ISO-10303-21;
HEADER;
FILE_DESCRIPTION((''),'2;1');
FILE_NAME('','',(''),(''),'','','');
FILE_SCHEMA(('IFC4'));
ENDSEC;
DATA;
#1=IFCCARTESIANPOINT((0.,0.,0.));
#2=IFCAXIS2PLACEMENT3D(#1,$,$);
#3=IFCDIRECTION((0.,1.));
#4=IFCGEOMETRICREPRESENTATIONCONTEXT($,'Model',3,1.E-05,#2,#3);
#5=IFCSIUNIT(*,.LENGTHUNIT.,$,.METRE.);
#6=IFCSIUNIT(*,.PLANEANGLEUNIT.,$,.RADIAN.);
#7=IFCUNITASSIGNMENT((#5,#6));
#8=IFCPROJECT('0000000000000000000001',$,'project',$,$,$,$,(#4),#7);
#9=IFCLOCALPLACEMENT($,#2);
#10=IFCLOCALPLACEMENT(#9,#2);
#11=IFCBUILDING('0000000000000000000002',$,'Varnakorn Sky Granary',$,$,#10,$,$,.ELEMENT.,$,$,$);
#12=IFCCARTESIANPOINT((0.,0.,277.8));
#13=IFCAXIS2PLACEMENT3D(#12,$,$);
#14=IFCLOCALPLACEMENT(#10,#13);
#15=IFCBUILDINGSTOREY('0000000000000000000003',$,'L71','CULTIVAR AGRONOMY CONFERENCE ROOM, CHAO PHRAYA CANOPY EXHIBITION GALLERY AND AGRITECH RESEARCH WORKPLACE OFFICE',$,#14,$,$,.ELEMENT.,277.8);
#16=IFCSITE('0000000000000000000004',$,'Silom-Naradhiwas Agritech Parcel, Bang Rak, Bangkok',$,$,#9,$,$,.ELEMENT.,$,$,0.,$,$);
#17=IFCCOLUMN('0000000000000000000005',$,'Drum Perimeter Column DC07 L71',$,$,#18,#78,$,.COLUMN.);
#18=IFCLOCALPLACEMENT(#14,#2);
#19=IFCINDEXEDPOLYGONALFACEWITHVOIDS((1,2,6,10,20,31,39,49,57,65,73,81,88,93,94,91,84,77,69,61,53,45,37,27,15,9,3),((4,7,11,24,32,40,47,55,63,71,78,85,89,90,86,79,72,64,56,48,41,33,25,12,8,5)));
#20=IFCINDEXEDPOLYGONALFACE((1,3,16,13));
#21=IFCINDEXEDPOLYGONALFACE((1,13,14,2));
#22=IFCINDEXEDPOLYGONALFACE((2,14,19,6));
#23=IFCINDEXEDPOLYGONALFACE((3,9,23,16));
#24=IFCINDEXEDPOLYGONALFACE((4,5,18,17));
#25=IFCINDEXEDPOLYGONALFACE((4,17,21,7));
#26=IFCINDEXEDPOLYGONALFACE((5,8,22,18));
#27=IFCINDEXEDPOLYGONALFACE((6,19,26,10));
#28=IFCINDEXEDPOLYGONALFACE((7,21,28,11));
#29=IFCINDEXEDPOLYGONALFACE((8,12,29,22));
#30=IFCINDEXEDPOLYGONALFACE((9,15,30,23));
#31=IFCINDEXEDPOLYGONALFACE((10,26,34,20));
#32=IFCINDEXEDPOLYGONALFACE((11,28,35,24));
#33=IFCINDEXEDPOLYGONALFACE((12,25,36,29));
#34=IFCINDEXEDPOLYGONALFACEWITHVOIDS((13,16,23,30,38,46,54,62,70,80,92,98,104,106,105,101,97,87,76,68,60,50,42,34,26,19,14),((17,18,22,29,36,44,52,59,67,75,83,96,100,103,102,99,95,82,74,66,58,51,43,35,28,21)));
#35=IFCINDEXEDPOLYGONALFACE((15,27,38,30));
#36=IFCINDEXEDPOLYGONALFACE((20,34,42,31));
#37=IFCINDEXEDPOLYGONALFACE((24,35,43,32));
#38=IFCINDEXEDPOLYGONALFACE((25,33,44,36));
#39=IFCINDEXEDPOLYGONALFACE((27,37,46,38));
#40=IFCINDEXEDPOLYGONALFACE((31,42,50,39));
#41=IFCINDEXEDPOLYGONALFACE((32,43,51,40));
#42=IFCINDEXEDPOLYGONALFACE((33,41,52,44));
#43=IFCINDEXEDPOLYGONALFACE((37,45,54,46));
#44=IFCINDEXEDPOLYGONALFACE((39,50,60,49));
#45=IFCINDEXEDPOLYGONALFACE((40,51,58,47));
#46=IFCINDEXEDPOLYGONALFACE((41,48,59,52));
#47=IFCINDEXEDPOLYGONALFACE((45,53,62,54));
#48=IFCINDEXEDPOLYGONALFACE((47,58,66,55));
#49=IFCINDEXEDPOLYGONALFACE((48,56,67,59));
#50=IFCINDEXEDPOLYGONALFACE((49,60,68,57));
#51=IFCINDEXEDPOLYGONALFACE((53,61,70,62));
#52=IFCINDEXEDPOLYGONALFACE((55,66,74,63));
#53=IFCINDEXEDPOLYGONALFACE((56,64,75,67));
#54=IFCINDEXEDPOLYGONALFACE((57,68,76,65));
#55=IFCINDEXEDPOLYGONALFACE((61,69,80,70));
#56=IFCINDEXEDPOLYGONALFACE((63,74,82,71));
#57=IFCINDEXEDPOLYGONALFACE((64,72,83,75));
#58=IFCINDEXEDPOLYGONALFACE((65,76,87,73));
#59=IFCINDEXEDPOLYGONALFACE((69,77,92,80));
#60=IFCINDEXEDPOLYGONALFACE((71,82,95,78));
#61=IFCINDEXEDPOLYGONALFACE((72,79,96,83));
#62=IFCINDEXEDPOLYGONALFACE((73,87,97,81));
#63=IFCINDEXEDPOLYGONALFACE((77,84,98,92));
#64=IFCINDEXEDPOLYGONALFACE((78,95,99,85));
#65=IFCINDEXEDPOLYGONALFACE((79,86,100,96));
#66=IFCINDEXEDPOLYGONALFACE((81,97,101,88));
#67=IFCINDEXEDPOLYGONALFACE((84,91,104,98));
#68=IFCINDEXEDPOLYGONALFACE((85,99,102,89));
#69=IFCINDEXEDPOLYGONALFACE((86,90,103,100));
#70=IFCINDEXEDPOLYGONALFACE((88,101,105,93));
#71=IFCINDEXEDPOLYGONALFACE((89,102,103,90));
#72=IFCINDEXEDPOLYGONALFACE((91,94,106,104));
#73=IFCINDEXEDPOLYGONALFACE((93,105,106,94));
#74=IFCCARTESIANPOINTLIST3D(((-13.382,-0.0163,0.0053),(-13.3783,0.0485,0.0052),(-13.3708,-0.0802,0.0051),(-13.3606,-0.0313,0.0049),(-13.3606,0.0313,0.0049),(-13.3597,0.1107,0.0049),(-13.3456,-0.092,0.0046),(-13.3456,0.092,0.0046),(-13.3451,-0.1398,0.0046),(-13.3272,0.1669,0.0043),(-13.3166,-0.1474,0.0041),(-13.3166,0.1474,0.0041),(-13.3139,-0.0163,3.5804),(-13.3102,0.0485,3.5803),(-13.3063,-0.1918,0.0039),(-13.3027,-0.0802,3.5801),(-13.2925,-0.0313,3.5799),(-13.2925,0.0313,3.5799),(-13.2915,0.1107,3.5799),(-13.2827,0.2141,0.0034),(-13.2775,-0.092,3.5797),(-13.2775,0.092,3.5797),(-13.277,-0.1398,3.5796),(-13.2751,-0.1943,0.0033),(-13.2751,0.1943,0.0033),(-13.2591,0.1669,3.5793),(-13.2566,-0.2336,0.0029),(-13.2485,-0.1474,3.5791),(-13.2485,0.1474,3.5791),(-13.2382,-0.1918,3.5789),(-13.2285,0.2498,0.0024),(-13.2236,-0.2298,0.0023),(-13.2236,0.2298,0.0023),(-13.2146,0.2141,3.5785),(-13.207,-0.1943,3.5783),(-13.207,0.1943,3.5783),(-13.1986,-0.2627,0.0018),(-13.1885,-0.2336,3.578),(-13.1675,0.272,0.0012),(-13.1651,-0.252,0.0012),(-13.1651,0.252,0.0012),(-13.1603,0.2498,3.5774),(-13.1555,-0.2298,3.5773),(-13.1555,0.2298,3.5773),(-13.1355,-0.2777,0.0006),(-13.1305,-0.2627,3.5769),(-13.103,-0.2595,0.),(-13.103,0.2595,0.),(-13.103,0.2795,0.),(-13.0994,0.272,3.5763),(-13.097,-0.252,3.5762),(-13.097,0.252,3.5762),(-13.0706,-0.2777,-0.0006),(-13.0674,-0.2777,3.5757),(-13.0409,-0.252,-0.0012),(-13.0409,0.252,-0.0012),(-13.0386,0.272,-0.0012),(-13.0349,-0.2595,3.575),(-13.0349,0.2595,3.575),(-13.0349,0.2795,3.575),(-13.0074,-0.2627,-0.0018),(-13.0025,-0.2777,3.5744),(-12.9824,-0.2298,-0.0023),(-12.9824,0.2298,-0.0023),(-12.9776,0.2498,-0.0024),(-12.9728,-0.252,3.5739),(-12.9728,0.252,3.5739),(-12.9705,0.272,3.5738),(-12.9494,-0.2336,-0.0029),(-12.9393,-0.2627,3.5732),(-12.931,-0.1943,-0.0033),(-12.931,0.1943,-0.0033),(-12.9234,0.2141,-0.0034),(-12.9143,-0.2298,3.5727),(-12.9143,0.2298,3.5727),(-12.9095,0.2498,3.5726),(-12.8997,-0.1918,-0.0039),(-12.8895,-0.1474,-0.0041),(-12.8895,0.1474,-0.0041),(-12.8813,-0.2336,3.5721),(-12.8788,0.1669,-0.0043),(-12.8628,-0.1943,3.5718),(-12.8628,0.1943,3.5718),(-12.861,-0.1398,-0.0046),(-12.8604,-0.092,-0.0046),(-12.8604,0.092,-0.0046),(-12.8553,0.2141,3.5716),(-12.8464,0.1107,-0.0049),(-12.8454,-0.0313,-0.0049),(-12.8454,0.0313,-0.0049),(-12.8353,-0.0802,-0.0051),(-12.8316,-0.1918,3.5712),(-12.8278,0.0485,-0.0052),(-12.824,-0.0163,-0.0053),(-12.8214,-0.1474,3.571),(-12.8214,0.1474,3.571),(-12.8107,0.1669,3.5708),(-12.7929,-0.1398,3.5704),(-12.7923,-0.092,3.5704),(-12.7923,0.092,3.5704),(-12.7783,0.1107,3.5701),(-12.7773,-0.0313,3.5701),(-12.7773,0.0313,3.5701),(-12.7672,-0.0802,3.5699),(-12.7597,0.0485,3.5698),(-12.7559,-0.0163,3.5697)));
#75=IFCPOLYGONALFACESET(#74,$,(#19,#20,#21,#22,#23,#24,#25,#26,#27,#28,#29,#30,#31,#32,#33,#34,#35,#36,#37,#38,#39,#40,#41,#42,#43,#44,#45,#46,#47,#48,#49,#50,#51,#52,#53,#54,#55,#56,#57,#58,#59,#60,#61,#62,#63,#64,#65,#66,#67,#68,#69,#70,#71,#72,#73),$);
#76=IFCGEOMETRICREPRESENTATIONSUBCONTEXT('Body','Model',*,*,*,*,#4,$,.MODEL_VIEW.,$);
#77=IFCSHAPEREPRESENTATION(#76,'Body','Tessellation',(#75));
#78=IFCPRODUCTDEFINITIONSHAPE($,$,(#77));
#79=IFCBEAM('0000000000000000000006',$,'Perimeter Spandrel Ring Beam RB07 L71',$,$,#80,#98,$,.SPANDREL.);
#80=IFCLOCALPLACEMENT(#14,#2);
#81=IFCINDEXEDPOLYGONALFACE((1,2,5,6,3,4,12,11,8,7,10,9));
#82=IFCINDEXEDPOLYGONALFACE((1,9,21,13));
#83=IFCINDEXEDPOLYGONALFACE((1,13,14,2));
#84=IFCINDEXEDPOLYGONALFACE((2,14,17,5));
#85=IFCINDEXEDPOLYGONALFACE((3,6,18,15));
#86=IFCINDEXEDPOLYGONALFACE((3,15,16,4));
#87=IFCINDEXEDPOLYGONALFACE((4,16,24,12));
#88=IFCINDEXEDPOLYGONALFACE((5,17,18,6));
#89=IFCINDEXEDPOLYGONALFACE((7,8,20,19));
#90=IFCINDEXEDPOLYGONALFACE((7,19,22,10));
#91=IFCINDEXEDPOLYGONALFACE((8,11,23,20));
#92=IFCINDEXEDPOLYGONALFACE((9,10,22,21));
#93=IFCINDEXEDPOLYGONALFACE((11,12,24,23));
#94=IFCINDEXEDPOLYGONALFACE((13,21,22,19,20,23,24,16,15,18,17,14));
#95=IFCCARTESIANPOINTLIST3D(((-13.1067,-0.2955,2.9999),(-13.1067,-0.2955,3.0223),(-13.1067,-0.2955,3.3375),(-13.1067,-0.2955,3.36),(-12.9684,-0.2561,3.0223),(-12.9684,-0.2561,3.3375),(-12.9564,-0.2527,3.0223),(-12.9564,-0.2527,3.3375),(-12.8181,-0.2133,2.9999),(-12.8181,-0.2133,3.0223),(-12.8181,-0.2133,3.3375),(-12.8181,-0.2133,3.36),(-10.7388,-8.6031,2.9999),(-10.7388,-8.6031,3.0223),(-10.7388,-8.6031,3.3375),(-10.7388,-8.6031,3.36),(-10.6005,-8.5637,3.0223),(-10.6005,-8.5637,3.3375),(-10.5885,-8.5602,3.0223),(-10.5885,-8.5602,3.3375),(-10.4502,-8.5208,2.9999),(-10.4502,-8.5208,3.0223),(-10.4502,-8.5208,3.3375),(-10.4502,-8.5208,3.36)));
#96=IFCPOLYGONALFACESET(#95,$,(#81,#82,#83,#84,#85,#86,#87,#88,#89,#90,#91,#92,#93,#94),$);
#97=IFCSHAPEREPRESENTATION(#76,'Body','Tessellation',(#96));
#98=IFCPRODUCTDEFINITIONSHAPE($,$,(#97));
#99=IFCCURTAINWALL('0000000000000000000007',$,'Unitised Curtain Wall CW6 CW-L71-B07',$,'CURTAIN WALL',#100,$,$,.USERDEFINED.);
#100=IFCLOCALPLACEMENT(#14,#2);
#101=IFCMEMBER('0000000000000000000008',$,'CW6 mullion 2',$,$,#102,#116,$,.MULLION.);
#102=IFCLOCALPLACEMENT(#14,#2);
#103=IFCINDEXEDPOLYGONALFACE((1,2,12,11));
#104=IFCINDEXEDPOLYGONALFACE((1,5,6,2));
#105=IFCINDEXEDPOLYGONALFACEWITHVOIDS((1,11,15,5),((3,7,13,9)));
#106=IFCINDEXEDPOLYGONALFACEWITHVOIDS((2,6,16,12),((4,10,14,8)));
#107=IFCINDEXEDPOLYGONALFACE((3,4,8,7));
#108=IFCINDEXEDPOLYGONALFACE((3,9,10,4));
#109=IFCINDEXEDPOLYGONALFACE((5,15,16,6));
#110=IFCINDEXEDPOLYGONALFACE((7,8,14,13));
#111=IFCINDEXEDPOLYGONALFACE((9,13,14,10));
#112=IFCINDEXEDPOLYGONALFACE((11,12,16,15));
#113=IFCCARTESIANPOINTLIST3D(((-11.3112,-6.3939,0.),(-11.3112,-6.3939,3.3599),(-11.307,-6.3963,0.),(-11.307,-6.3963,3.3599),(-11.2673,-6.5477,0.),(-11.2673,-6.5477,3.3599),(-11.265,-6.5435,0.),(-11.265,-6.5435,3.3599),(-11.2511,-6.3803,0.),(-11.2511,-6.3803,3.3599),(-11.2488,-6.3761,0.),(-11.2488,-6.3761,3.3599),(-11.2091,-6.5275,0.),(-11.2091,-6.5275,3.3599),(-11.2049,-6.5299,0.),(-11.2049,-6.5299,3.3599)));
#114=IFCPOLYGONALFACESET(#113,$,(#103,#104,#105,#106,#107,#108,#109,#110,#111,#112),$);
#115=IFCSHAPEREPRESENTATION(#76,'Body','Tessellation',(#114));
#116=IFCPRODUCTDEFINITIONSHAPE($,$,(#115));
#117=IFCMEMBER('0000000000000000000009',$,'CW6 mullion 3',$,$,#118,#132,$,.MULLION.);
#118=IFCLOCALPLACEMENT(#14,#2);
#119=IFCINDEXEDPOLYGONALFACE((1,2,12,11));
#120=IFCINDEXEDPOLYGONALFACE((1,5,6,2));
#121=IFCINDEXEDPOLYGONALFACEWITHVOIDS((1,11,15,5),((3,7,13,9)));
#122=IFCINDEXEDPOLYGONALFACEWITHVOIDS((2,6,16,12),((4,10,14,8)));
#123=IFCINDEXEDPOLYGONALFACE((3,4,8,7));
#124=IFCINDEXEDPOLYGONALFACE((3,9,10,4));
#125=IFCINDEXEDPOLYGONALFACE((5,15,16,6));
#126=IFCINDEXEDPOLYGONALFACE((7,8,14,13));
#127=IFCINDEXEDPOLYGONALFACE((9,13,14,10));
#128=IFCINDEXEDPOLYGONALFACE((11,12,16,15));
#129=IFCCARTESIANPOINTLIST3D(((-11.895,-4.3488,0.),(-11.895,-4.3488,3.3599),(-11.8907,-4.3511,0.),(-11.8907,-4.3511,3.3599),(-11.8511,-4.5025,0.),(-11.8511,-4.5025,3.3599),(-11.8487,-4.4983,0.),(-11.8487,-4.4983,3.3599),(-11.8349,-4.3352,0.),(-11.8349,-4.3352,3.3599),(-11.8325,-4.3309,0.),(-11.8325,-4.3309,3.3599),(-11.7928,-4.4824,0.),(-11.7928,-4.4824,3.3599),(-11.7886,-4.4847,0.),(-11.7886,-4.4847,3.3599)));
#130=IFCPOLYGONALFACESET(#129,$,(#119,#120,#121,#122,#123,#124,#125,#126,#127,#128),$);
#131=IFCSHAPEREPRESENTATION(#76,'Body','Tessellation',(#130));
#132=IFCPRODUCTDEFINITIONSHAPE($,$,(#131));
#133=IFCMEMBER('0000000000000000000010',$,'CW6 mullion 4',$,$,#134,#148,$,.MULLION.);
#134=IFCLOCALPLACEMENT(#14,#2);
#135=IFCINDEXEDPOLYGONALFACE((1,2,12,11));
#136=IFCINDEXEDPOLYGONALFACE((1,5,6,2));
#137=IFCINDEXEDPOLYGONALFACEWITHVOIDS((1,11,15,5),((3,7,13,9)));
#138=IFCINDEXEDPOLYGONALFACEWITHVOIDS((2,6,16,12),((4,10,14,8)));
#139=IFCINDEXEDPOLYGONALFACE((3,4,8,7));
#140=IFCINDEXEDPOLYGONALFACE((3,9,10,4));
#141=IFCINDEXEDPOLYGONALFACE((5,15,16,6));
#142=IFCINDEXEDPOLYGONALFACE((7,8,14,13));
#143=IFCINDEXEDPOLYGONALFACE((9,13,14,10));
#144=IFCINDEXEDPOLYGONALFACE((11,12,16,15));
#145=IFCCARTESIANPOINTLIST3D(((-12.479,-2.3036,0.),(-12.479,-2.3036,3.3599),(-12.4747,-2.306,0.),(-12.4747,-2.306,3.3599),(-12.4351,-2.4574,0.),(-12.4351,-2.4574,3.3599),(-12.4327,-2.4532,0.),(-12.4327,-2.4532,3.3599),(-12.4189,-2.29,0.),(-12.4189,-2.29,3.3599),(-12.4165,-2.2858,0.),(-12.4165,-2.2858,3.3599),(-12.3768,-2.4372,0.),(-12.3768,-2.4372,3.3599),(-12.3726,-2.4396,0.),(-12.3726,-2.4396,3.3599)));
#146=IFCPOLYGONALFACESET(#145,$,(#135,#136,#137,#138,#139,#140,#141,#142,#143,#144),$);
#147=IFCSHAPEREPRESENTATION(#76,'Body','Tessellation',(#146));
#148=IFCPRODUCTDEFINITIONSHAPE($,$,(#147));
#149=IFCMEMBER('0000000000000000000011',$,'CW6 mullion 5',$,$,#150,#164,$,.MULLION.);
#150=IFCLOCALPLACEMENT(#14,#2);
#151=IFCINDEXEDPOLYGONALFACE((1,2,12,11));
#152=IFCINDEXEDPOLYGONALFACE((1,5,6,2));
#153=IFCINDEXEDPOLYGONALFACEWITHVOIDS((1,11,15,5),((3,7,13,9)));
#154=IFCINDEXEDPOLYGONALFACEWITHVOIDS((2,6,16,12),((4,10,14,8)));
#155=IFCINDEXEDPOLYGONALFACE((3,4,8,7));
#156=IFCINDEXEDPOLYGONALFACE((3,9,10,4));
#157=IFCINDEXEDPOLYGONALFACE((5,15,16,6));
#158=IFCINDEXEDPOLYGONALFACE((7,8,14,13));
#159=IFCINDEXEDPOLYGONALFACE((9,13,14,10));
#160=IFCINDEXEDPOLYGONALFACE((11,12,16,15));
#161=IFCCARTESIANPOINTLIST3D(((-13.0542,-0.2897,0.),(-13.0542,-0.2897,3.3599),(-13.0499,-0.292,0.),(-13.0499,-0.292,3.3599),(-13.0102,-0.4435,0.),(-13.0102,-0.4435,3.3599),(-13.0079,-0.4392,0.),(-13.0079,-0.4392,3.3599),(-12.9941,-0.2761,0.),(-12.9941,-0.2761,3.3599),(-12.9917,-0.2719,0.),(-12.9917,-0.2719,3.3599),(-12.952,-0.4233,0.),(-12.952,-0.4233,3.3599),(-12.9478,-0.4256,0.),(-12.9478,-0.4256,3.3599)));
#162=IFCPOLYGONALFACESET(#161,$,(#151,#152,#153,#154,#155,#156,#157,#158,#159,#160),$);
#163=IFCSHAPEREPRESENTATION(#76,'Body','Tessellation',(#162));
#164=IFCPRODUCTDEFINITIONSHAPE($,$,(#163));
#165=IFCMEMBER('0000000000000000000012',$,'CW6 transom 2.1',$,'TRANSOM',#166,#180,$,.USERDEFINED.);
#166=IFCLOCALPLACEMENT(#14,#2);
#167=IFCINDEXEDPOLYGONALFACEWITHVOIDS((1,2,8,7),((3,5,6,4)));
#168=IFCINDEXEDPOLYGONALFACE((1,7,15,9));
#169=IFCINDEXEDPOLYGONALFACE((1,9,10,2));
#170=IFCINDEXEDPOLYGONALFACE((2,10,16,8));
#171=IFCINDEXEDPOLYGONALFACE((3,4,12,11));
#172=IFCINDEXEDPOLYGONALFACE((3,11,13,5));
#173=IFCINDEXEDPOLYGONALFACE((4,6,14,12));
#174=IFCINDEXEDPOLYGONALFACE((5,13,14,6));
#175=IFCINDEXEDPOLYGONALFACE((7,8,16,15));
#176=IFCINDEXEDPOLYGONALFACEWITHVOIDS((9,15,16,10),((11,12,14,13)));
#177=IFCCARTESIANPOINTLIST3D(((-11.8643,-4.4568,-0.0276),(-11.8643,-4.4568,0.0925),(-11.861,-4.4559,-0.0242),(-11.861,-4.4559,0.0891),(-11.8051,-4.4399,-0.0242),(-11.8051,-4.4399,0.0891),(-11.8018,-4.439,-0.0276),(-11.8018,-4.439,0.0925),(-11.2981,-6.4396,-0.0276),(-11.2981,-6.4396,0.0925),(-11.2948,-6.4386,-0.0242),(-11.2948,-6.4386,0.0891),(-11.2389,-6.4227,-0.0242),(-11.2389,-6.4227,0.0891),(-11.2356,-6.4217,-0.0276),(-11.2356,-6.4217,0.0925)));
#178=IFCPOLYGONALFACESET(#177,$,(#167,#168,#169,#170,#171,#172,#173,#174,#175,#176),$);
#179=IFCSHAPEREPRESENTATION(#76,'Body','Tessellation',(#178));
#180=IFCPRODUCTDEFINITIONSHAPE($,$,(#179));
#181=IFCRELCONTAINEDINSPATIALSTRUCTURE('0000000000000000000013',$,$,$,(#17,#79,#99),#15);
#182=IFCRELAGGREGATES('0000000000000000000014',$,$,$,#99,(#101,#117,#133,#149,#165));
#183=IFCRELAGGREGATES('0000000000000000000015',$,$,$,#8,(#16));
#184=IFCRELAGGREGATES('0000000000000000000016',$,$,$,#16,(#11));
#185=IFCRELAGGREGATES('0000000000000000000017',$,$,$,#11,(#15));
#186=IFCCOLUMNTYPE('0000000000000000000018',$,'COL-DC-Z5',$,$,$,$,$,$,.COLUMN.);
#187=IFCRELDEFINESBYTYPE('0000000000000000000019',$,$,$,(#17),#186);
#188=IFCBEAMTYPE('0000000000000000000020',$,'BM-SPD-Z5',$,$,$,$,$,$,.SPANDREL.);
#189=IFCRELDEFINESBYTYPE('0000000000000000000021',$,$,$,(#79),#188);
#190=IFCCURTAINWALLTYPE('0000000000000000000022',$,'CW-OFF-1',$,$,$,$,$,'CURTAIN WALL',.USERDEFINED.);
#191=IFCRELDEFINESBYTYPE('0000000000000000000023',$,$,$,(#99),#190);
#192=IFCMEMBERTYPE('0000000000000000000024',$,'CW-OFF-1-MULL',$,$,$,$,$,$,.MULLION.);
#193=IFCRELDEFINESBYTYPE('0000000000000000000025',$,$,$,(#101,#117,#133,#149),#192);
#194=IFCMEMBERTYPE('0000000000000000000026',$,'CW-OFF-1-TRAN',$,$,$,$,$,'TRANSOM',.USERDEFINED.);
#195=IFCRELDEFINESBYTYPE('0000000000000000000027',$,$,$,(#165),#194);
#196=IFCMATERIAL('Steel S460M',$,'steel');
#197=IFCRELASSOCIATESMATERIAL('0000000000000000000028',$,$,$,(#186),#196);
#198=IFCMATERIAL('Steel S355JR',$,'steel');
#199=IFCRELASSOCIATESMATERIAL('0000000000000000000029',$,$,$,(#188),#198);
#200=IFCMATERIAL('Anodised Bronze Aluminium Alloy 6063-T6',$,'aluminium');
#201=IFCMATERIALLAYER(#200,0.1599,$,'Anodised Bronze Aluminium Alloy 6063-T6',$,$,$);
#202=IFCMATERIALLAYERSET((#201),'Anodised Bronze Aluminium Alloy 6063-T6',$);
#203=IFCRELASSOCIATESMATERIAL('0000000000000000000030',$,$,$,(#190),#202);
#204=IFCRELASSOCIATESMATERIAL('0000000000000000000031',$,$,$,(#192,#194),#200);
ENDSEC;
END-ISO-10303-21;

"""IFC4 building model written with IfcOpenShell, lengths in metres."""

from ifc_helpers import new_model, si_unit, direction, frame, origin, origin_2d, place, context, subcontext, project, spatial, hollow_rectangle, hollow_circle, i_section, extrude, material, layer, layer_set, material_profile, profile_set, type_object, element, aggregate, save


model = new_model("IFC4")

# Units and contexts
model_context = context("Model", 3, precision=1e-05, world=origin(), true_north=direction((0.0, 1.0)))
body_context = subcontext(model_context, "Body", "Model", "MODEL_VIEW")
ifc_project = project(units=[si_unit("LENGTHUNIT", "METRE"), si_unit("PLANEANGLEUNIT", "RADIAN")], contexts=[model_context])

# Site, building, storey
site_placement = place(None, origin())
site = spatial("IfcSite", under=ifc_project, at=site_placement, Name="Silom-Naradhiwas Agritech Parcel, Bang Rak, Bangkok", CompositionType="ELEMENT", RefElevation=0.0)
building_placement = place(site_placement, origin())
building = spatial("IfcBuilding", under=site, at=building_placement, Name="Varnakorn Sky Granary", CompositionType="ELEMENT")
storey_placement = place(building_placement, frame((0.0, 0.0, 277.8)))
storey = spatial("IfcBuildingStorey", under=building, at=storey_placement, Name="L71", Description="CULTIVAR AGRONOMY CONFERENCE ROOM, CHAO PHRAYA CANOPY EXHIBITION GALLERY AND AGRITECH RESEARCH WORKPLACE OFFICE", CompositionType="ELEMENT", Elevation=277.8)

# Column
ifc_material_1 = material(Name="Steel S460M", Category="steel")
ifc_material_profile_1 = material_profile(ifc_material_1, hollow_circle(Radius=0.2795, WallThickness=0.02, at=origin_2d()), Name="CHS 559x20")
ifc_profile_set_1 = profile_set([ifc_material_profile_1], Name="Steel S460M")
column_type = type_object("IfcColumnType", Name="COL-DC-Z5", PredefinedType="COLUMN", material=ifc_profile_set_1)
column_placement = place(storey_placement, frame((-13.103, 0.0, 0.0), z_axis=(0.01905, 0.0, 0.999819), x_axis=(0.0, 1.0, 0.0)))
element("IfcColumn", 1, at=column_placement, inside=storey, type_object=column_type, Name="Drum Perimeter Column DC07 L71", PredefinedType="COLUMN", context=body_context, shape_type="SweptSolid", body=[
    extrude(hollow_circle(Radius=0.2795, WallThickness=0.02, at=origin_2d()), origin(), (0.0, 0.0, 1.0), 3.5757),
])

# Beam
ifc_material_2 = material(Name="Steel S355JR", Category="steel")
ifc_material_profile_2 = material_profile(ifc_material_2, i_section(OverallWidth=0.3, OverallDepth=0.3601, WebThickness=0.0125, FlangeThickness=0.0225, at=origin_2d()), Name="HE 360 B")
ifc_profile_set_2 = profile_set([ifc_material_profile_2], Name="Steel S355JR")
beam_type = type_object("IfcBeamType", Name="BM-SPD-Z5", PredefinedType="SPANDREL", material=ifc_profile_set_2)
beam_placement = place(storey_placement, frame((-12.9624, -0.2544, 3.1799), z_axis=(0.274113, -0.961698, 0.0), x_axis=(0.961698, 0.274113, 0.0)))
element("IfcBeam", 2, at=beam_placement, inside=storey, type_object=beam_type, Name="Perimeter Spandrel Ring Beam RB07 L71", PredefinedType="SPANDREL", context=body_context, shape_type="SweptSolid", body=[
    extrude(i_section(OverallWidth=0.3, OverallDepth=0.3601, WebThickness=0.0125, FlangeThickness=0.0225, at=origin_2d()), origin(), (0.0, 0.0, 1.0), 8.6384),
])

# Curtain wall, members
ifc_material_3 = material(Name="Anodised Bronze Aluminium Alloy 6063-T6", Category="aluminium")
ifc_layer_1 = layer(ifc_material_3, 0.1599, Name="Anodised Bronze Aluminium Alloy 6063-T6")
ifc_layer_set_1 = layer_set([ifc_layer_1], Name="Anodised Bronze Aluminium Alloy 6063-T6")
curtain_wall_type = type_object("IfcCurtainWallType", Name="CW-OFF-1", ElementType="CURTAIN WALL", PredefinedType="USERDEFINED", material=ifc_layer_set_1)
curtain_wall_placement = place(storey_placement, origin())
curtain_wall = element("IfcCurtainWall", 3, at=curtain_wall_placement, inside=storey, type_object=curtain_wall_type, Name="Unitised Curtain Wall CW6 CW-L71-B07", ObjectType="CURTAIN WALL", PredefinedType="USERDEFINED")
ifc_material_profile_3 = material_profile(ifc_material_3, hollow_rectangle(XDim=0.0649, YDim=0.1599, WallThickness=0.0034, at=origin_2d()), Name="ALU MULL 65x160")
ifc_profile_set_3 = profile_set([ifc_material_profile_3], Name="Anodised Bronze Aluminium Alloy 6063-T6")
member_type_1 = type_object("IfcMemberType", Name="CW-OFF-1-MULL", PredefinedType="MULLION", material=ifc_profile_set_3)
member_1_placement = place(storey_placement, frame((-11.2581, -6.4619, 0.0), z_axis=(0.0, 0.0, 1.0), x_axis=(-0.96157, -0.27456, 0.0)))
member_1 = element("IfcMember", 4, at=member_1_placement, type_object=member_type_1, Name="CW6 mullion 2", PredefinedType="MULLION", context=body_context, shape_type="SweptSolid", body=[
    extrude(hollow_rectangle(XDim=0.0649, YDim=0.1599, WallThickness=0.0034, at=origin_2d()), origin(), (0.0, 0.0, 1.0), 3.3599),
])
member_2_placement = place(storey_placement, frame((-11.8418, -4.4167, 0.0), z_axis=(0.0, 0.0, 1.0), x_axis=(-0.96157, -0.27456, 0.0)))
member_2 = element("IfcMember", 5, at=member_2_placement, type_object=member_type_1, Name="CW6 mullion 3", PredefinedType="MULLION", context=body_context, shape_type="SweptSolid", body=[
    extrude(hollow_rectangle(XDim=0.0649, YDim=0.1599, WallThickness=0.0034, at=origin_2d()), origin(), (0.0, 0.0, 1.0), 3.3599),
])
member_3_placement = place(storey_placement, frame((-12.4258, -2.3716, 0.0), z_axis=(0.0, 0.0, 1.0), x_axis=(-0.96157, -0.27456, 0.0)))
member_3 = element("IfcMember", 6, at=member_3_placement, type_object=member_type_1, Name="CW6 mullion 4", PredefinedType="MULLION", context=body_context, shape_type="SweptSolid", body=[
    extrude(hollow_rectangle(XDim=0.0649, YDim=0.1599, WallThickness=0.0034, at=origin_2d()), origin(), (0.0, 0.0, 1.0), 3.3599),
])
member_4_placement = place(storey_placement, frame((-13.001, -0.3577, 0.0), z_axis=(0.0, 0.0, 1.0), x_axis=(-0.96157, -0.27456, 0.0)))
member_4 = element("IfcMember", 7, at=member_4_placement, type_object=member_type_1, Name="CW6 mullion 5", PredefinedType="MULLION", context=body_context, shape_type="SweptSolid", body=[
    extrude(hollow_rectangle(XDim=0.0649, YDim=0.1599, WallThickness=0.0034, at=origin_2d()), origin(), (0.0, 0.0, 1.0), 3.3599),
])
ifc_material_profile_4 = material_profile(ifc_material_3, hollow_rectangle(XDim=0.0649, YDim=0.1201, WallThickness=0.0034, at=origin_2d()), Name="ALU TRAN 65x120")
ifc_profile_set_4 = profile_set([ifc_material_profile_4], Name="Anodised Bronze Aluminium Alloy 6063-T6")
member_type_2 = type_object("IfcMemberType", Name="CW-OFF-1-TRAN", ElementType="TRANSOM", PredefinedType="USERDEFINED", material=ifc_profile_set_4)
member_5_placement = place(storey_placement, frame((-11.2668, -6.4307, 0.0325), z_axis=(-0.27458, 0.961564, 0.0), x_axis=(-0.961564, -0.27458, 0.0)))
member_5 = element("IfcMember", 8, at=member_5_placement, type_object=member_type_2, Name="CW6 transom 2.1", ObjectType="TRANSOM", PredefinedType="USERDEFINED", context=body_context, shape_type="SweptSolid", body=[
    extrude(hollow_rectangle(XDim=0.0649, YDim=0.1201, WallThickness=0.0034, at=origin_2d()), origin(), (0.0, 0.0, 1.0), 2.062),
])

aggregate(curtain_wall, [member_1, member_2, member_3, member_4, member_5])

save(model, "model.ifc")
